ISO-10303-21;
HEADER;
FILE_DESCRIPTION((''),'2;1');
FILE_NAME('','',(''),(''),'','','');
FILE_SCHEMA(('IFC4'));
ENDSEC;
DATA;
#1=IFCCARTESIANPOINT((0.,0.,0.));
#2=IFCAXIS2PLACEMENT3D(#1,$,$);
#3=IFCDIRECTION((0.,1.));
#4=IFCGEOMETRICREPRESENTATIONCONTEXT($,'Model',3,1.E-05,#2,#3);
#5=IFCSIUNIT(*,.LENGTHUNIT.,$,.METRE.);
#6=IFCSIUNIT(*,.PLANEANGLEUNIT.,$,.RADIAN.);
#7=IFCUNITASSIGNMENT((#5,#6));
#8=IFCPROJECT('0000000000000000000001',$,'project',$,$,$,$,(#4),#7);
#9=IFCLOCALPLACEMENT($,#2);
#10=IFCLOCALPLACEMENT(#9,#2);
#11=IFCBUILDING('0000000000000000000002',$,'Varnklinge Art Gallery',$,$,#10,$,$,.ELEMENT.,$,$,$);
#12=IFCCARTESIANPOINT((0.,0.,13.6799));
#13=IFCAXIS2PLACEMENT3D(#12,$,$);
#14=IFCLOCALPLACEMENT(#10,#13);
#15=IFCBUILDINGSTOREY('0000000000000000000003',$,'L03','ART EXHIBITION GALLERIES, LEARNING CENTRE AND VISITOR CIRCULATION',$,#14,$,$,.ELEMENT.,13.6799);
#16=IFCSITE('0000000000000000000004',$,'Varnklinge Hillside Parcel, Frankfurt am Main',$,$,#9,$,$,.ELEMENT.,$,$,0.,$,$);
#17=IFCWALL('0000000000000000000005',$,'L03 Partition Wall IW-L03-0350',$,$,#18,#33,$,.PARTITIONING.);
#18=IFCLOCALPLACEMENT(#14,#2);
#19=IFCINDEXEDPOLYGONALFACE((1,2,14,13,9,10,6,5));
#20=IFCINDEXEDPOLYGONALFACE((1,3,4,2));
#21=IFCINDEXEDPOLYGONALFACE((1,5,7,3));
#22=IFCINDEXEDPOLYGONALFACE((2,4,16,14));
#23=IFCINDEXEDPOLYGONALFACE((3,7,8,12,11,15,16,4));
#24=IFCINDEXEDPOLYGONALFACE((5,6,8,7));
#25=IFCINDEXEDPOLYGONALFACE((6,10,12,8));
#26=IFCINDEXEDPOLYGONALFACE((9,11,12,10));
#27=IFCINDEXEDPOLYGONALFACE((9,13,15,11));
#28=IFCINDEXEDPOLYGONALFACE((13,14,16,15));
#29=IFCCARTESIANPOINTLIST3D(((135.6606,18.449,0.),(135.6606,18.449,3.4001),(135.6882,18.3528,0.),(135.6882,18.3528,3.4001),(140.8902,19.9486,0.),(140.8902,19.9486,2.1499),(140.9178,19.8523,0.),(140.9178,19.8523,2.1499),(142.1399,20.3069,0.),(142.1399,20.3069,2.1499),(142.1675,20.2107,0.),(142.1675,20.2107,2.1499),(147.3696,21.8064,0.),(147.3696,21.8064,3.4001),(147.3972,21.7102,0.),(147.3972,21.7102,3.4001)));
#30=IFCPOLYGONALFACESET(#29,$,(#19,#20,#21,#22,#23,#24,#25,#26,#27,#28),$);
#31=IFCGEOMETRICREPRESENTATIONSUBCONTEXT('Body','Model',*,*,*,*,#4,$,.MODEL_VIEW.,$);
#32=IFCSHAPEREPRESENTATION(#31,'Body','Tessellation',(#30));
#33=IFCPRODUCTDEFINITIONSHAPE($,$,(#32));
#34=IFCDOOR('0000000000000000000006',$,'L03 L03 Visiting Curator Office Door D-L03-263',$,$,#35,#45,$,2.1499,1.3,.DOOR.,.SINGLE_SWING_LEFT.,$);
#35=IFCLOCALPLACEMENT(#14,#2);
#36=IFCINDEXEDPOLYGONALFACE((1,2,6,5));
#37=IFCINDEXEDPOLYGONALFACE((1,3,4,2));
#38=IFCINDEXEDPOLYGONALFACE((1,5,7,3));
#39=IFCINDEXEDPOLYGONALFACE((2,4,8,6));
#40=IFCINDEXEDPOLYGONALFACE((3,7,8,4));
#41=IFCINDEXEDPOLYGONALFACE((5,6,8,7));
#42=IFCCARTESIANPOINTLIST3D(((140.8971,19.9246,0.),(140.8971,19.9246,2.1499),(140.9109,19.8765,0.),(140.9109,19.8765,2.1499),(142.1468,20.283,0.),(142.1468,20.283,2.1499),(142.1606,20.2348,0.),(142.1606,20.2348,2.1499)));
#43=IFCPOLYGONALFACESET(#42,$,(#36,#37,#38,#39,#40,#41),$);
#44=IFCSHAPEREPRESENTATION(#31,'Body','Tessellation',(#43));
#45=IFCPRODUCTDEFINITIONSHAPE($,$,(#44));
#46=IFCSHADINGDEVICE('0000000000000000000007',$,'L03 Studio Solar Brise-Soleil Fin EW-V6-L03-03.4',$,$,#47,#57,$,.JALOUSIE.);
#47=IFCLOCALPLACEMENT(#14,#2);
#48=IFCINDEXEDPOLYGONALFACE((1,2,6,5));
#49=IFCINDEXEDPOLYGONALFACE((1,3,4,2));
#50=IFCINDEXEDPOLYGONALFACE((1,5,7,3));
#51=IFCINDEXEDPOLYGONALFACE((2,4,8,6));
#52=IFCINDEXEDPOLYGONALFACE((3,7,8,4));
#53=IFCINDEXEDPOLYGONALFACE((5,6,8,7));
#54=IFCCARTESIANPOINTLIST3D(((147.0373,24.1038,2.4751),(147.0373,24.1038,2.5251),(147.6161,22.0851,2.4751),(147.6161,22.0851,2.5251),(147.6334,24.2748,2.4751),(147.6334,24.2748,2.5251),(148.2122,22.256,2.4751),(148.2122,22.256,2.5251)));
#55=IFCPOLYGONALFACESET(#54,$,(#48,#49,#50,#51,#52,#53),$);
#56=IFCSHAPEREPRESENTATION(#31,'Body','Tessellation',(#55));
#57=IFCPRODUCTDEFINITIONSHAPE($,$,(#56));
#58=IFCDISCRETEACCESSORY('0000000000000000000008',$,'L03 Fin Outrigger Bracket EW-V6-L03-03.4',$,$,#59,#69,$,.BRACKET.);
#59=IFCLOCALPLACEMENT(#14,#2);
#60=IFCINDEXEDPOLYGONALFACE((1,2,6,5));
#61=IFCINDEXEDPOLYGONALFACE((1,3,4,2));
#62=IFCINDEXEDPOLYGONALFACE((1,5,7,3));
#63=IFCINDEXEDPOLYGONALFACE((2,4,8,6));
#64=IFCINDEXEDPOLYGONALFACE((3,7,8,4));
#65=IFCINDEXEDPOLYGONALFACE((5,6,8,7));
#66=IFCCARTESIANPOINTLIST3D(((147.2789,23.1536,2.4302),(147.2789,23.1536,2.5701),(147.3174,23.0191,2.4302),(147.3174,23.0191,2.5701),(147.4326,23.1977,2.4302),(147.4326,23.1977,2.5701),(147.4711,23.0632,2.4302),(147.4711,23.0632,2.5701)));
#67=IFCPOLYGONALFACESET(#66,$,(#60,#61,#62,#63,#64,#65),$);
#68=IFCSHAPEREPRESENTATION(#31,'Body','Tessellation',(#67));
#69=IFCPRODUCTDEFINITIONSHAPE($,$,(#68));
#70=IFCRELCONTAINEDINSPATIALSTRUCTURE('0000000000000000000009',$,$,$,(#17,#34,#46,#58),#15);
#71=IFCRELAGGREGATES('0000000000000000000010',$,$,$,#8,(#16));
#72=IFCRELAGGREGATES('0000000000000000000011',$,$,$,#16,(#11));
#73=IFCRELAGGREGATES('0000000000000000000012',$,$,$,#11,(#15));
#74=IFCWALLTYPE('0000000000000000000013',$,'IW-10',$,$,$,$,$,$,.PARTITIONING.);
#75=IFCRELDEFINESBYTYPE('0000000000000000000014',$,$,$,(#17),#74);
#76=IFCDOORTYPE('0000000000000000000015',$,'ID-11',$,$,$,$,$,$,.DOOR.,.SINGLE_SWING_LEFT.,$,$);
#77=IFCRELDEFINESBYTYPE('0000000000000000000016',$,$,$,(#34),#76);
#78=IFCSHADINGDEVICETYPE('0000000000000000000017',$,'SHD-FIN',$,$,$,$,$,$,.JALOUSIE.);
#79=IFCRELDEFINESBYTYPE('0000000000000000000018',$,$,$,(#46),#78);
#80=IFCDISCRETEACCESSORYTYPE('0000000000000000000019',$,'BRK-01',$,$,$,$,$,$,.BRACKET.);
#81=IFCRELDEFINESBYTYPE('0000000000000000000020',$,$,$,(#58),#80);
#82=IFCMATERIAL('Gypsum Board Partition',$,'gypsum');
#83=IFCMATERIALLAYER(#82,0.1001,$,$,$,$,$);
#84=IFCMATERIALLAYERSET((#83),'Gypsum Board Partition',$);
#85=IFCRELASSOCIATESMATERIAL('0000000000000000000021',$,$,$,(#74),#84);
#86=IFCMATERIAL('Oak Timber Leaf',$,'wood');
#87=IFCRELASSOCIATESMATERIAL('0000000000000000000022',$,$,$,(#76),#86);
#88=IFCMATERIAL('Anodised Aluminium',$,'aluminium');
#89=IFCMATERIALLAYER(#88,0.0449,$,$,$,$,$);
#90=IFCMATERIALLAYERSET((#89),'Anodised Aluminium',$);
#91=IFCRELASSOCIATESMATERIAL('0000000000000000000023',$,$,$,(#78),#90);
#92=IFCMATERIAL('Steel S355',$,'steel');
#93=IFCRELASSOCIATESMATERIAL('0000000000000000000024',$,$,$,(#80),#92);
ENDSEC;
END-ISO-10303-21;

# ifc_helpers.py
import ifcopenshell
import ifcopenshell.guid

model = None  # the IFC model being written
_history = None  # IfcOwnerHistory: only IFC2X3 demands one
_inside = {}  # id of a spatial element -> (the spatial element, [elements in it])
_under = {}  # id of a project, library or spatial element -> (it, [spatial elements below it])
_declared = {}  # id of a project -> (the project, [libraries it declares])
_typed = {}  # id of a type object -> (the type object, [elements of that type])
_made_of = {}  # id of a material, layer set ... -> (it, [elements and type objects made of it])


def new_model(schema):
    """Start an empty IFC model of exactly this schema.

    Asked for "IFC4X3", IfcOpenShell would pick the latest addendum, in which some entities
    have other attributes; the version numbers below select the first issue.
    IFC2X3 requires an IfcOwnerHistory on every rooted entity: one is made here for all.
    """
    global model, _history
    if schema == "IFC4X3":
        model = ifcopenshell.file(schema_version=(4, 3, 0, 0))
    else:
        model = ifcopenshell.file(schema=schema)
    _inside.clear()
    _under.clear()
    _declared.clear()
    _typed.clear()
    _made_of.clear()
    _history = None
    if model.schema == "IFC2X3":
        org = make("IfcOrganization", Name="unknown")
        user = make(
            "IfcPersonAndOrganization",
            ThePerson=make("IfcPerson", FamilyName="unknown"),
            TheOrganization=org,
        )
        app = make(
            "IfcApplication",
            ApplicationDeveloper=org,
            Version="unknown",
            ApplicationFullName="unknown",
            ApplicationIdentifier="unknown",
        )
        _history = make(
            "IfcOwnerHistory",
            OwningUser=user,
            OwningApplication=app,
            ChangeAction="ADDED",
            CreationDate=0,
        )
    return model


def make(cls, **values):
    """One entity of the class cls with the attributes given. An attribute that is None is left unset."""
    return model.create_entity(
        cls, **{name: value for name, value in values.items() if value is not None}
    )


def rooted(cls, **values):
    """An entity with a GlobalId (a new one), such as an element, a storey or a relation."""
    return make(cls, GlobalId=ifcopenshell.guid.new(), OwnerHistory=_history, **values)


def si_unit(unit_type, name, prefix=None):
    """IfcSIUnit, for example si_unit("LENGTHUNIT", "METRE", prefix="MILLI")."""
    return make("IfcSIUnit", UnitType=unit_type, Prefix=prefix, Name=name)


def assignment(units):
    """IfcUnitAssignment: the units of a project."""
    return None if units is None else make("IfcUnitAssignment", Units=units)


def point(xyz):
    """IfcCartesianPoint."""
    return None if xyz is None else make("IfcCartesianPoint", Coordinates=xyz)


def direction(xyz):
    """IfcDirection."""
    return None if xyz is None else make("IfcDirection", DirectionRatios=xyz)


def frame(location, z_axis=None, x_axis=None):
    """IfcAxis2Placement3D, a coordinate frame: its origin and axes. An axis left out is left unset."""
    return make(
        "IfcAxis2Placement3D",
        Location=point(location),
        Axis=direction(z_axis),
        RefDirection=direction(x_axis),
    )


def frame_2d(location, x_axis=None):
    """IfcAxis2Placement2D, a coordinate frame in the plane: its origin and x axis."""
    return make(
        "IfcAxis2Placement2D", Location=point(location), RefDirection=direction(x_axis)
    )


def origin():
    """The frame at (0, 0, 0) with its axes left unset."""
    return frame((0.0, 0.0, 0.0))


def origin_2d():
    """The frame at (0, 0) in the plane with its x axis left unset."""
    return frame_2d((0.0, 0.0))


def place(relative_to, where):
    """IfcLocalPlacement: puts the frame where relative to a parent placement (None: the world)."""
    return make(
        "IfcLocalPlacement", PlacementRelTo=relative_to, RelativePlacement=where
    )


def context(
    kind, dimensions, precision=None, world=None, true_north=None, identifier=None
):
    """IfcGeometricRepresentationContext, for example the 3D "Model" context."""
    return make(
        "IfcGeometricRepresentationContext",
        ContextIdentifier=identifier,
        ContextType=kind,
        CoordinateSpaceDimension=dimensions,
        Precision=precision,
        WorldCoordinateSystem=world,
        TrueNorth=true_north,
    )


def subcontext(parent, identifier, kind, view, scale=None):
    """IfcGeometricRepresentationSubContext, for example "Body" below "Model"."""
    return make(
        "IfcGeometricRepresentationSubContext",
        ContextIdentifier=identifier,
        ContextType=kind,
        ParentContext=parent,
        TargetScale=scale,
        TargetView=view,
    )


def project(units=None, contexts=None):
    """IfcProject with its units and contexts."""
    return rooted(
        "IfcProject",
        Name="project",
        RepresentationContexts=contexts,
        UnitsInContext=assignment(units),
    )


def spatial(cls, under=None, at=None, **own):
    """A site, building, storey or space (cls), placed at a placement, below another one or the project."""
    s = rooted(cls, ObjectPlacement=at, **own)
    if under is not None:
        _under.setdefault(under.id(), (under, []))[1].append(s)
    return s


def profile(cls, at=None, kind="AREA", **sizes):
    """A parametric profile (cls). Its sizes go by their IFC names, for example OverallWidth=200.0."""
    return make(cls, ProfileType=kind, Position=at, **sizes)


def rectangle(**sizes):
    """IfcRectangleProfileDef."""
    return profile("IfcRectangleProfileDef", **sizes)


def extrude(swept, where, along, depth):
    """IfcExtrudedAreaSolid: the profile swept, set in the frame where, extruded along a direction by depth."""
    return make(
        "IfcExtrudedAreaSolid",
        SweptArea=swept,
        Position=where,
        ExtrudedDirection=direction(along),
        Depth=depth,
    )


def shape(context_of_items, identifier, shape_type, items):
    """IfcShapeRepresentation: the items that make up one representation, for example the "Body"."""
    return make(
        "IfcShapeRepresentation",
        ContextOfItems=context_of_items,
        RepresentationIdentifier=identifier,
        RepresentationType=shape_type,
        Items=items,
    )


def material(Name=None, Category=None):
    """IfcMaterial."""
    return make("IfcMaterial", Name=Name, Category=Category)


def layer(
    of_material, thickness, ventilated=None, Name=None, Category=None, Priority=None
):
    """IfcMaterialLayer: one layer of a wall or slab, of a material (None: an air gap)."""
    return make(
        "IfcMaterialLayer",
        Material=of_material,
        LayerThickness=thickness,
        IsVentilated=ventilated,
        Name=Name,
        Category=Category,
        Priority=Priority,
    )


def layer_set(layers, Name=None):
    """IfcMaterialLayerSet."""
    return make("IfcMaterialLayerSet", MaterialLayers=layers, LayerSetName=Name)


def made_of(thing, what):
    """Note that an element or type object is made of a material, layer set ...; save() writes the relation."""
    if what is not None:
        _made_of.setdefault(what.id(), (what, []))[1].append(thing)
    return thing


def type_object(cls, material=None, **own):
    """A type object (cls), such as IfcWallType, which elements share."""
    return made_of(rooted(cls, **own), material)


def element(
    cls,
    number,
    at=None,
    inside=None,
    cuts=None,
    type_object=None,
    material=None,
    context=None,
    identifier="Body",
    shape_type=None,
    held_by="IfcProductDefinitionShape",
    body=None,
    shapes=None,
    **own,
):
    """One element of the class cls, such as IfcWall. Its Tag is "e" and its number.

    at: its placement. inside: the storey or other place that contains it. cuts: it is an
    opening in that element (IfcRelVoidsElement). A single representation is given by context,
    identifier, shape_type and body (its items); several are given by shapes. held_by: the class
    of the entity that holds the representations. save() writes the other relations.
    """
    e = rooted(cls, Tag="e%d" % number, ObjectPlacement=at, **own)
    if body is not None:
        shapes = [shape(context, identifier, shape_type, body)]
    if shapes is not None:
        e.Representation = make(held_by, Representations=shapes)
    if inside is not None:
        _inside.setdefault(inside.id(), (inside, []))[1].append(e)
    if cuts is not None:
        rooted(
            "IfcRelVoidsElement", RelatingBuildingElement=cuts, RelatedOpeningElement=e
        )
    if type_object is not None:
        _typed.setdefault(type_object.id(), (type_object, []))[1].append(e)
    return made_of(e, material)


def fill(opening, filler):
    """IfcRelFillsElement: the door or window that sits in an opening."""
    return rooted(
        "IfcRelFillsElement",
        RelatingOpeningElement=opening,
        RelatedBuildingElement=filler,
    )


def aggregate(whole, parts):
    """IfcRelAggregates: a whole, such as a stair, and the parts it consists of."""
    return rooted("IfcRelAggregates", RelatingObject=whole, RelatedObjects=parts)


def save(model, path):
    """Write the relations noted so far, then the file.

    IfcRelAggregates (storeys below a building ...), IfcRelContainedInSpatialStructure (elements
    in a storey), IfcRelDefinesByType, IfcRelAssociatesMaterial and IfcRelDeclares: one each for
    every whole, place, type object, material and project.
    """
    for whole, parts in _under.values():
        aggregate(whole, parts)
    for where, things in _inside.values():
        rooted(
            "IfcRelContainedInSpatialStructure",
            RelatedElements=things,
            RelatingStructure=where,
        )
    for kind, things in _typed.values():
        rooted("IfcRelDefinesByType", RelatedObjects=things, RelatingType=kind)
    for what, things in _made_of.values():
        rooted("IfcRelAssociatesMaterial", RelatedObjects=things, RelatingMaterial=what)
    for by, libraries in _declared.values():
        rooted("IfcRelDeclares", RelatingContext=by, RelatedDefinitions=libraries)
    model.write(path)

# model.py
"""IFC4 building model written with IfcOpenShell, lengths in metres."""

from ifc_helpers import new_model, si_unit, direction, frame, frame_2d, origin, origin_2d, place, context, subcontext, project, spatial, rectangle, extrude, material, layer, layer_set, type_object, element, fill, save


model = new_model("IFC4")

# Units and contexts
model_context = context("Model", 3, precision=1e-05, world=origin(), true_north=direction((0.0, 1.0)))
body_context = subcontext(model_context, "Body", "Model", "MODEL_VIEW")
ifc_project = project(units=[si_unit("LENGTHUNIT", "METRE"), si_unit("PLANEANGLEUNIT", "RADIAN")], contexts=[model_context])

# Site, building, storey
site_placement = place(None, origin())
site = spatial("IfcSite", under=ifc_project, at=site_placement, Name="Varnklinge Hillside Parcel, Frankfurt am Main", CompositionType="ELEMENT", RefElevation=0.0)
building_placement = place(site_placement, origin())
building = spatial("IfcBuilding", under=site, at=building_placement, Name="Varnklinge Art Gallery", CompositionType="ELEMENT")
storey_placement = place(building_placement, frame((0.0, 0.0, 13.6799)))
storey = spatial("IfcBuildingStorey", under=building, at=storey_placement, Name="L03", Description="ART EXHIBITION GALLERIES, LEARNING CENTRE AND VISITOR CIRCULATION", CompositionType="ELEMENT", Elevation=13.6799)

# Wall, opening, door
ifc_material_1 = material(Name="Gypsum Board Partition", Category="gypsum")
ifc_layer_1 = layer(ifc_material_1, 0.1001)
ifc_layer_set_1 = layer_set([ifc_layer_1], Name="Gypsum Board Partition")
wall_type_1 = type_object("IfcWallType", Name="IW-10", PredefinedType="PARTITIONING", material=ifc_layer_set_1)
wall_1_placement = place(storey_placement, frame((147.3833, 21.7583, 0.0), z_axis=(0.0, 0.0, 1.0), x_axis=(-0.961263, -0.275632, 0.0)))
wall_1 = element("IfcWall", 1, at=wall_1_placement, inside=storey, type_object=wall_type_1, Name="L03 Partition Wall IW-L03-0350", PredefinedType="PARTITIONING", context=body_context, shape_type="SweptSolid", body=[
    extrude(rectangle(XDim=12.1809, YDim=0.1001, at=frame_2d((6.0903, 0.0))), origin(), (0.0, 0.0, 1.0), 3.4001),
])
opening_1_placement = place(wall_1_placement, frame((5.4404, 0.0, 0.0)))
opening_1 = element("IfcOpeningElement", 2, at=opening_1_placement, cuts=wall_1, PredefinedType="OPENING", context=body_context, shape_type="SweptSolid", body=[
    extrude(rectangle(XDim=1.3, YDim=2.1499, at=frame_2d((0.6499, 1.075))), frame((0.0, 0.0601, 0.0), z_axis=(0.0, -1.0, 0.0), x_axis=(1.0, 0.0, 0.0)), (0.0, 0.0, 1.0), 0.1201),
])
ifc_material_2 = material(Name="Oak Timber Leaf", Category="wood")
door_type = type_object("IfcDoorType", Name="ID-11", OperationType="SINGLE_SWING_LEFT", PredefinedType="DOOR", material=ifc_material_2)
door_placement = place(opening_1_placement, origin())
door = element("IfcDoor", 3, at=door_placement, inside=storey, type_object=door_type, Name="L03 L03 Visiting Curator Office Door D-L03-263", OperationType="SINGLE_SWING_LEFT", OverallHeight=2.1499, OverallWidth=1.3, PredefinedType="DOOR", context=body_context, shape_type="SweptSolid", body=[
    extrude(rectangle(XDim=1.3, YDim=2.1499, at=frame_2d((0.6499, 1.075))), frame((0.0, 0.0249, 0.0), z_axis=(0.0, -1.0, 0.0), x_axis=(1.0, 0.0, 0.0)), (0.0, 0.0, 1.0), 0.05),
])
fill(opening_1, door)

# Shading device
ifc_material_3 = material(Name="Anodised Aluminium", Category="aluminium")
ifc_layer_2 = layer(ifc_material_3, 0.0449)
ifc_layer_set_2 = layer_set([ifc_layer_2], Name="Anodised Aluminium")
shading_device_type = type_object("IfcShadingDeviceType", Name="SHD-FIN", PredefinedType="JALOUSIE", material=ifc_layer_set_2)
shading_device_placement = place(storey_placement, frame((147.6248, 23.1799, 2.4751), z_axis=(0.0, 0.0, 1.0), x_axis=(0.275637, -0.961262, 0.0)))
element("IfcShadingDevice", 4, at=shading_device_placement, inside=storey, type_object=shading_device_type, Name="L03 Studio Solar Brise-Soleil Fin EW-V6-L03-03.4", PredefinedType="JALOUSIE", context=body_context, shape_type="SweptSolid", body=[
    extrude(rectangle(XDim=2.1001, YDim=0.6201, at=origin_2d()), origin(), (0.0, 0.0, 1.0), 0.05),
])

# Discrete accessory
ifc_material_4 = material(Name="Steel S355", Category="steel")
discrete_accessory_type = type_object("IfcDiscreteAccessoryType", Name="BRK-01", PredefinedType="BRACKET", material=ifc_material_4)
discrete_accessory_placement = place(storey_placement, frame((147.375, 23.1084, 2.4302), z_axis=(0.0, 0.0, 1.0), x_axis=(0.275637, -0.961262, 0.0)))
element("IfcDiscreteAccessory", 5, at=discrete_accessory_placement, inside=storey, type_object=discrete_accessory_type, Name="L03 Fin Outrigger Bracket EW-V6-L03-03.4", PredefinedType="BRACKET", context=body_context, shape_type="SweptSolid", body=[
    extrude(rectangle(XDim=0.1399, YDim=0.1599, at=origin_2d()), origin(), (0.0, 0.0, 1.0), 0.1399),
])

save(model, "model.ifc")
